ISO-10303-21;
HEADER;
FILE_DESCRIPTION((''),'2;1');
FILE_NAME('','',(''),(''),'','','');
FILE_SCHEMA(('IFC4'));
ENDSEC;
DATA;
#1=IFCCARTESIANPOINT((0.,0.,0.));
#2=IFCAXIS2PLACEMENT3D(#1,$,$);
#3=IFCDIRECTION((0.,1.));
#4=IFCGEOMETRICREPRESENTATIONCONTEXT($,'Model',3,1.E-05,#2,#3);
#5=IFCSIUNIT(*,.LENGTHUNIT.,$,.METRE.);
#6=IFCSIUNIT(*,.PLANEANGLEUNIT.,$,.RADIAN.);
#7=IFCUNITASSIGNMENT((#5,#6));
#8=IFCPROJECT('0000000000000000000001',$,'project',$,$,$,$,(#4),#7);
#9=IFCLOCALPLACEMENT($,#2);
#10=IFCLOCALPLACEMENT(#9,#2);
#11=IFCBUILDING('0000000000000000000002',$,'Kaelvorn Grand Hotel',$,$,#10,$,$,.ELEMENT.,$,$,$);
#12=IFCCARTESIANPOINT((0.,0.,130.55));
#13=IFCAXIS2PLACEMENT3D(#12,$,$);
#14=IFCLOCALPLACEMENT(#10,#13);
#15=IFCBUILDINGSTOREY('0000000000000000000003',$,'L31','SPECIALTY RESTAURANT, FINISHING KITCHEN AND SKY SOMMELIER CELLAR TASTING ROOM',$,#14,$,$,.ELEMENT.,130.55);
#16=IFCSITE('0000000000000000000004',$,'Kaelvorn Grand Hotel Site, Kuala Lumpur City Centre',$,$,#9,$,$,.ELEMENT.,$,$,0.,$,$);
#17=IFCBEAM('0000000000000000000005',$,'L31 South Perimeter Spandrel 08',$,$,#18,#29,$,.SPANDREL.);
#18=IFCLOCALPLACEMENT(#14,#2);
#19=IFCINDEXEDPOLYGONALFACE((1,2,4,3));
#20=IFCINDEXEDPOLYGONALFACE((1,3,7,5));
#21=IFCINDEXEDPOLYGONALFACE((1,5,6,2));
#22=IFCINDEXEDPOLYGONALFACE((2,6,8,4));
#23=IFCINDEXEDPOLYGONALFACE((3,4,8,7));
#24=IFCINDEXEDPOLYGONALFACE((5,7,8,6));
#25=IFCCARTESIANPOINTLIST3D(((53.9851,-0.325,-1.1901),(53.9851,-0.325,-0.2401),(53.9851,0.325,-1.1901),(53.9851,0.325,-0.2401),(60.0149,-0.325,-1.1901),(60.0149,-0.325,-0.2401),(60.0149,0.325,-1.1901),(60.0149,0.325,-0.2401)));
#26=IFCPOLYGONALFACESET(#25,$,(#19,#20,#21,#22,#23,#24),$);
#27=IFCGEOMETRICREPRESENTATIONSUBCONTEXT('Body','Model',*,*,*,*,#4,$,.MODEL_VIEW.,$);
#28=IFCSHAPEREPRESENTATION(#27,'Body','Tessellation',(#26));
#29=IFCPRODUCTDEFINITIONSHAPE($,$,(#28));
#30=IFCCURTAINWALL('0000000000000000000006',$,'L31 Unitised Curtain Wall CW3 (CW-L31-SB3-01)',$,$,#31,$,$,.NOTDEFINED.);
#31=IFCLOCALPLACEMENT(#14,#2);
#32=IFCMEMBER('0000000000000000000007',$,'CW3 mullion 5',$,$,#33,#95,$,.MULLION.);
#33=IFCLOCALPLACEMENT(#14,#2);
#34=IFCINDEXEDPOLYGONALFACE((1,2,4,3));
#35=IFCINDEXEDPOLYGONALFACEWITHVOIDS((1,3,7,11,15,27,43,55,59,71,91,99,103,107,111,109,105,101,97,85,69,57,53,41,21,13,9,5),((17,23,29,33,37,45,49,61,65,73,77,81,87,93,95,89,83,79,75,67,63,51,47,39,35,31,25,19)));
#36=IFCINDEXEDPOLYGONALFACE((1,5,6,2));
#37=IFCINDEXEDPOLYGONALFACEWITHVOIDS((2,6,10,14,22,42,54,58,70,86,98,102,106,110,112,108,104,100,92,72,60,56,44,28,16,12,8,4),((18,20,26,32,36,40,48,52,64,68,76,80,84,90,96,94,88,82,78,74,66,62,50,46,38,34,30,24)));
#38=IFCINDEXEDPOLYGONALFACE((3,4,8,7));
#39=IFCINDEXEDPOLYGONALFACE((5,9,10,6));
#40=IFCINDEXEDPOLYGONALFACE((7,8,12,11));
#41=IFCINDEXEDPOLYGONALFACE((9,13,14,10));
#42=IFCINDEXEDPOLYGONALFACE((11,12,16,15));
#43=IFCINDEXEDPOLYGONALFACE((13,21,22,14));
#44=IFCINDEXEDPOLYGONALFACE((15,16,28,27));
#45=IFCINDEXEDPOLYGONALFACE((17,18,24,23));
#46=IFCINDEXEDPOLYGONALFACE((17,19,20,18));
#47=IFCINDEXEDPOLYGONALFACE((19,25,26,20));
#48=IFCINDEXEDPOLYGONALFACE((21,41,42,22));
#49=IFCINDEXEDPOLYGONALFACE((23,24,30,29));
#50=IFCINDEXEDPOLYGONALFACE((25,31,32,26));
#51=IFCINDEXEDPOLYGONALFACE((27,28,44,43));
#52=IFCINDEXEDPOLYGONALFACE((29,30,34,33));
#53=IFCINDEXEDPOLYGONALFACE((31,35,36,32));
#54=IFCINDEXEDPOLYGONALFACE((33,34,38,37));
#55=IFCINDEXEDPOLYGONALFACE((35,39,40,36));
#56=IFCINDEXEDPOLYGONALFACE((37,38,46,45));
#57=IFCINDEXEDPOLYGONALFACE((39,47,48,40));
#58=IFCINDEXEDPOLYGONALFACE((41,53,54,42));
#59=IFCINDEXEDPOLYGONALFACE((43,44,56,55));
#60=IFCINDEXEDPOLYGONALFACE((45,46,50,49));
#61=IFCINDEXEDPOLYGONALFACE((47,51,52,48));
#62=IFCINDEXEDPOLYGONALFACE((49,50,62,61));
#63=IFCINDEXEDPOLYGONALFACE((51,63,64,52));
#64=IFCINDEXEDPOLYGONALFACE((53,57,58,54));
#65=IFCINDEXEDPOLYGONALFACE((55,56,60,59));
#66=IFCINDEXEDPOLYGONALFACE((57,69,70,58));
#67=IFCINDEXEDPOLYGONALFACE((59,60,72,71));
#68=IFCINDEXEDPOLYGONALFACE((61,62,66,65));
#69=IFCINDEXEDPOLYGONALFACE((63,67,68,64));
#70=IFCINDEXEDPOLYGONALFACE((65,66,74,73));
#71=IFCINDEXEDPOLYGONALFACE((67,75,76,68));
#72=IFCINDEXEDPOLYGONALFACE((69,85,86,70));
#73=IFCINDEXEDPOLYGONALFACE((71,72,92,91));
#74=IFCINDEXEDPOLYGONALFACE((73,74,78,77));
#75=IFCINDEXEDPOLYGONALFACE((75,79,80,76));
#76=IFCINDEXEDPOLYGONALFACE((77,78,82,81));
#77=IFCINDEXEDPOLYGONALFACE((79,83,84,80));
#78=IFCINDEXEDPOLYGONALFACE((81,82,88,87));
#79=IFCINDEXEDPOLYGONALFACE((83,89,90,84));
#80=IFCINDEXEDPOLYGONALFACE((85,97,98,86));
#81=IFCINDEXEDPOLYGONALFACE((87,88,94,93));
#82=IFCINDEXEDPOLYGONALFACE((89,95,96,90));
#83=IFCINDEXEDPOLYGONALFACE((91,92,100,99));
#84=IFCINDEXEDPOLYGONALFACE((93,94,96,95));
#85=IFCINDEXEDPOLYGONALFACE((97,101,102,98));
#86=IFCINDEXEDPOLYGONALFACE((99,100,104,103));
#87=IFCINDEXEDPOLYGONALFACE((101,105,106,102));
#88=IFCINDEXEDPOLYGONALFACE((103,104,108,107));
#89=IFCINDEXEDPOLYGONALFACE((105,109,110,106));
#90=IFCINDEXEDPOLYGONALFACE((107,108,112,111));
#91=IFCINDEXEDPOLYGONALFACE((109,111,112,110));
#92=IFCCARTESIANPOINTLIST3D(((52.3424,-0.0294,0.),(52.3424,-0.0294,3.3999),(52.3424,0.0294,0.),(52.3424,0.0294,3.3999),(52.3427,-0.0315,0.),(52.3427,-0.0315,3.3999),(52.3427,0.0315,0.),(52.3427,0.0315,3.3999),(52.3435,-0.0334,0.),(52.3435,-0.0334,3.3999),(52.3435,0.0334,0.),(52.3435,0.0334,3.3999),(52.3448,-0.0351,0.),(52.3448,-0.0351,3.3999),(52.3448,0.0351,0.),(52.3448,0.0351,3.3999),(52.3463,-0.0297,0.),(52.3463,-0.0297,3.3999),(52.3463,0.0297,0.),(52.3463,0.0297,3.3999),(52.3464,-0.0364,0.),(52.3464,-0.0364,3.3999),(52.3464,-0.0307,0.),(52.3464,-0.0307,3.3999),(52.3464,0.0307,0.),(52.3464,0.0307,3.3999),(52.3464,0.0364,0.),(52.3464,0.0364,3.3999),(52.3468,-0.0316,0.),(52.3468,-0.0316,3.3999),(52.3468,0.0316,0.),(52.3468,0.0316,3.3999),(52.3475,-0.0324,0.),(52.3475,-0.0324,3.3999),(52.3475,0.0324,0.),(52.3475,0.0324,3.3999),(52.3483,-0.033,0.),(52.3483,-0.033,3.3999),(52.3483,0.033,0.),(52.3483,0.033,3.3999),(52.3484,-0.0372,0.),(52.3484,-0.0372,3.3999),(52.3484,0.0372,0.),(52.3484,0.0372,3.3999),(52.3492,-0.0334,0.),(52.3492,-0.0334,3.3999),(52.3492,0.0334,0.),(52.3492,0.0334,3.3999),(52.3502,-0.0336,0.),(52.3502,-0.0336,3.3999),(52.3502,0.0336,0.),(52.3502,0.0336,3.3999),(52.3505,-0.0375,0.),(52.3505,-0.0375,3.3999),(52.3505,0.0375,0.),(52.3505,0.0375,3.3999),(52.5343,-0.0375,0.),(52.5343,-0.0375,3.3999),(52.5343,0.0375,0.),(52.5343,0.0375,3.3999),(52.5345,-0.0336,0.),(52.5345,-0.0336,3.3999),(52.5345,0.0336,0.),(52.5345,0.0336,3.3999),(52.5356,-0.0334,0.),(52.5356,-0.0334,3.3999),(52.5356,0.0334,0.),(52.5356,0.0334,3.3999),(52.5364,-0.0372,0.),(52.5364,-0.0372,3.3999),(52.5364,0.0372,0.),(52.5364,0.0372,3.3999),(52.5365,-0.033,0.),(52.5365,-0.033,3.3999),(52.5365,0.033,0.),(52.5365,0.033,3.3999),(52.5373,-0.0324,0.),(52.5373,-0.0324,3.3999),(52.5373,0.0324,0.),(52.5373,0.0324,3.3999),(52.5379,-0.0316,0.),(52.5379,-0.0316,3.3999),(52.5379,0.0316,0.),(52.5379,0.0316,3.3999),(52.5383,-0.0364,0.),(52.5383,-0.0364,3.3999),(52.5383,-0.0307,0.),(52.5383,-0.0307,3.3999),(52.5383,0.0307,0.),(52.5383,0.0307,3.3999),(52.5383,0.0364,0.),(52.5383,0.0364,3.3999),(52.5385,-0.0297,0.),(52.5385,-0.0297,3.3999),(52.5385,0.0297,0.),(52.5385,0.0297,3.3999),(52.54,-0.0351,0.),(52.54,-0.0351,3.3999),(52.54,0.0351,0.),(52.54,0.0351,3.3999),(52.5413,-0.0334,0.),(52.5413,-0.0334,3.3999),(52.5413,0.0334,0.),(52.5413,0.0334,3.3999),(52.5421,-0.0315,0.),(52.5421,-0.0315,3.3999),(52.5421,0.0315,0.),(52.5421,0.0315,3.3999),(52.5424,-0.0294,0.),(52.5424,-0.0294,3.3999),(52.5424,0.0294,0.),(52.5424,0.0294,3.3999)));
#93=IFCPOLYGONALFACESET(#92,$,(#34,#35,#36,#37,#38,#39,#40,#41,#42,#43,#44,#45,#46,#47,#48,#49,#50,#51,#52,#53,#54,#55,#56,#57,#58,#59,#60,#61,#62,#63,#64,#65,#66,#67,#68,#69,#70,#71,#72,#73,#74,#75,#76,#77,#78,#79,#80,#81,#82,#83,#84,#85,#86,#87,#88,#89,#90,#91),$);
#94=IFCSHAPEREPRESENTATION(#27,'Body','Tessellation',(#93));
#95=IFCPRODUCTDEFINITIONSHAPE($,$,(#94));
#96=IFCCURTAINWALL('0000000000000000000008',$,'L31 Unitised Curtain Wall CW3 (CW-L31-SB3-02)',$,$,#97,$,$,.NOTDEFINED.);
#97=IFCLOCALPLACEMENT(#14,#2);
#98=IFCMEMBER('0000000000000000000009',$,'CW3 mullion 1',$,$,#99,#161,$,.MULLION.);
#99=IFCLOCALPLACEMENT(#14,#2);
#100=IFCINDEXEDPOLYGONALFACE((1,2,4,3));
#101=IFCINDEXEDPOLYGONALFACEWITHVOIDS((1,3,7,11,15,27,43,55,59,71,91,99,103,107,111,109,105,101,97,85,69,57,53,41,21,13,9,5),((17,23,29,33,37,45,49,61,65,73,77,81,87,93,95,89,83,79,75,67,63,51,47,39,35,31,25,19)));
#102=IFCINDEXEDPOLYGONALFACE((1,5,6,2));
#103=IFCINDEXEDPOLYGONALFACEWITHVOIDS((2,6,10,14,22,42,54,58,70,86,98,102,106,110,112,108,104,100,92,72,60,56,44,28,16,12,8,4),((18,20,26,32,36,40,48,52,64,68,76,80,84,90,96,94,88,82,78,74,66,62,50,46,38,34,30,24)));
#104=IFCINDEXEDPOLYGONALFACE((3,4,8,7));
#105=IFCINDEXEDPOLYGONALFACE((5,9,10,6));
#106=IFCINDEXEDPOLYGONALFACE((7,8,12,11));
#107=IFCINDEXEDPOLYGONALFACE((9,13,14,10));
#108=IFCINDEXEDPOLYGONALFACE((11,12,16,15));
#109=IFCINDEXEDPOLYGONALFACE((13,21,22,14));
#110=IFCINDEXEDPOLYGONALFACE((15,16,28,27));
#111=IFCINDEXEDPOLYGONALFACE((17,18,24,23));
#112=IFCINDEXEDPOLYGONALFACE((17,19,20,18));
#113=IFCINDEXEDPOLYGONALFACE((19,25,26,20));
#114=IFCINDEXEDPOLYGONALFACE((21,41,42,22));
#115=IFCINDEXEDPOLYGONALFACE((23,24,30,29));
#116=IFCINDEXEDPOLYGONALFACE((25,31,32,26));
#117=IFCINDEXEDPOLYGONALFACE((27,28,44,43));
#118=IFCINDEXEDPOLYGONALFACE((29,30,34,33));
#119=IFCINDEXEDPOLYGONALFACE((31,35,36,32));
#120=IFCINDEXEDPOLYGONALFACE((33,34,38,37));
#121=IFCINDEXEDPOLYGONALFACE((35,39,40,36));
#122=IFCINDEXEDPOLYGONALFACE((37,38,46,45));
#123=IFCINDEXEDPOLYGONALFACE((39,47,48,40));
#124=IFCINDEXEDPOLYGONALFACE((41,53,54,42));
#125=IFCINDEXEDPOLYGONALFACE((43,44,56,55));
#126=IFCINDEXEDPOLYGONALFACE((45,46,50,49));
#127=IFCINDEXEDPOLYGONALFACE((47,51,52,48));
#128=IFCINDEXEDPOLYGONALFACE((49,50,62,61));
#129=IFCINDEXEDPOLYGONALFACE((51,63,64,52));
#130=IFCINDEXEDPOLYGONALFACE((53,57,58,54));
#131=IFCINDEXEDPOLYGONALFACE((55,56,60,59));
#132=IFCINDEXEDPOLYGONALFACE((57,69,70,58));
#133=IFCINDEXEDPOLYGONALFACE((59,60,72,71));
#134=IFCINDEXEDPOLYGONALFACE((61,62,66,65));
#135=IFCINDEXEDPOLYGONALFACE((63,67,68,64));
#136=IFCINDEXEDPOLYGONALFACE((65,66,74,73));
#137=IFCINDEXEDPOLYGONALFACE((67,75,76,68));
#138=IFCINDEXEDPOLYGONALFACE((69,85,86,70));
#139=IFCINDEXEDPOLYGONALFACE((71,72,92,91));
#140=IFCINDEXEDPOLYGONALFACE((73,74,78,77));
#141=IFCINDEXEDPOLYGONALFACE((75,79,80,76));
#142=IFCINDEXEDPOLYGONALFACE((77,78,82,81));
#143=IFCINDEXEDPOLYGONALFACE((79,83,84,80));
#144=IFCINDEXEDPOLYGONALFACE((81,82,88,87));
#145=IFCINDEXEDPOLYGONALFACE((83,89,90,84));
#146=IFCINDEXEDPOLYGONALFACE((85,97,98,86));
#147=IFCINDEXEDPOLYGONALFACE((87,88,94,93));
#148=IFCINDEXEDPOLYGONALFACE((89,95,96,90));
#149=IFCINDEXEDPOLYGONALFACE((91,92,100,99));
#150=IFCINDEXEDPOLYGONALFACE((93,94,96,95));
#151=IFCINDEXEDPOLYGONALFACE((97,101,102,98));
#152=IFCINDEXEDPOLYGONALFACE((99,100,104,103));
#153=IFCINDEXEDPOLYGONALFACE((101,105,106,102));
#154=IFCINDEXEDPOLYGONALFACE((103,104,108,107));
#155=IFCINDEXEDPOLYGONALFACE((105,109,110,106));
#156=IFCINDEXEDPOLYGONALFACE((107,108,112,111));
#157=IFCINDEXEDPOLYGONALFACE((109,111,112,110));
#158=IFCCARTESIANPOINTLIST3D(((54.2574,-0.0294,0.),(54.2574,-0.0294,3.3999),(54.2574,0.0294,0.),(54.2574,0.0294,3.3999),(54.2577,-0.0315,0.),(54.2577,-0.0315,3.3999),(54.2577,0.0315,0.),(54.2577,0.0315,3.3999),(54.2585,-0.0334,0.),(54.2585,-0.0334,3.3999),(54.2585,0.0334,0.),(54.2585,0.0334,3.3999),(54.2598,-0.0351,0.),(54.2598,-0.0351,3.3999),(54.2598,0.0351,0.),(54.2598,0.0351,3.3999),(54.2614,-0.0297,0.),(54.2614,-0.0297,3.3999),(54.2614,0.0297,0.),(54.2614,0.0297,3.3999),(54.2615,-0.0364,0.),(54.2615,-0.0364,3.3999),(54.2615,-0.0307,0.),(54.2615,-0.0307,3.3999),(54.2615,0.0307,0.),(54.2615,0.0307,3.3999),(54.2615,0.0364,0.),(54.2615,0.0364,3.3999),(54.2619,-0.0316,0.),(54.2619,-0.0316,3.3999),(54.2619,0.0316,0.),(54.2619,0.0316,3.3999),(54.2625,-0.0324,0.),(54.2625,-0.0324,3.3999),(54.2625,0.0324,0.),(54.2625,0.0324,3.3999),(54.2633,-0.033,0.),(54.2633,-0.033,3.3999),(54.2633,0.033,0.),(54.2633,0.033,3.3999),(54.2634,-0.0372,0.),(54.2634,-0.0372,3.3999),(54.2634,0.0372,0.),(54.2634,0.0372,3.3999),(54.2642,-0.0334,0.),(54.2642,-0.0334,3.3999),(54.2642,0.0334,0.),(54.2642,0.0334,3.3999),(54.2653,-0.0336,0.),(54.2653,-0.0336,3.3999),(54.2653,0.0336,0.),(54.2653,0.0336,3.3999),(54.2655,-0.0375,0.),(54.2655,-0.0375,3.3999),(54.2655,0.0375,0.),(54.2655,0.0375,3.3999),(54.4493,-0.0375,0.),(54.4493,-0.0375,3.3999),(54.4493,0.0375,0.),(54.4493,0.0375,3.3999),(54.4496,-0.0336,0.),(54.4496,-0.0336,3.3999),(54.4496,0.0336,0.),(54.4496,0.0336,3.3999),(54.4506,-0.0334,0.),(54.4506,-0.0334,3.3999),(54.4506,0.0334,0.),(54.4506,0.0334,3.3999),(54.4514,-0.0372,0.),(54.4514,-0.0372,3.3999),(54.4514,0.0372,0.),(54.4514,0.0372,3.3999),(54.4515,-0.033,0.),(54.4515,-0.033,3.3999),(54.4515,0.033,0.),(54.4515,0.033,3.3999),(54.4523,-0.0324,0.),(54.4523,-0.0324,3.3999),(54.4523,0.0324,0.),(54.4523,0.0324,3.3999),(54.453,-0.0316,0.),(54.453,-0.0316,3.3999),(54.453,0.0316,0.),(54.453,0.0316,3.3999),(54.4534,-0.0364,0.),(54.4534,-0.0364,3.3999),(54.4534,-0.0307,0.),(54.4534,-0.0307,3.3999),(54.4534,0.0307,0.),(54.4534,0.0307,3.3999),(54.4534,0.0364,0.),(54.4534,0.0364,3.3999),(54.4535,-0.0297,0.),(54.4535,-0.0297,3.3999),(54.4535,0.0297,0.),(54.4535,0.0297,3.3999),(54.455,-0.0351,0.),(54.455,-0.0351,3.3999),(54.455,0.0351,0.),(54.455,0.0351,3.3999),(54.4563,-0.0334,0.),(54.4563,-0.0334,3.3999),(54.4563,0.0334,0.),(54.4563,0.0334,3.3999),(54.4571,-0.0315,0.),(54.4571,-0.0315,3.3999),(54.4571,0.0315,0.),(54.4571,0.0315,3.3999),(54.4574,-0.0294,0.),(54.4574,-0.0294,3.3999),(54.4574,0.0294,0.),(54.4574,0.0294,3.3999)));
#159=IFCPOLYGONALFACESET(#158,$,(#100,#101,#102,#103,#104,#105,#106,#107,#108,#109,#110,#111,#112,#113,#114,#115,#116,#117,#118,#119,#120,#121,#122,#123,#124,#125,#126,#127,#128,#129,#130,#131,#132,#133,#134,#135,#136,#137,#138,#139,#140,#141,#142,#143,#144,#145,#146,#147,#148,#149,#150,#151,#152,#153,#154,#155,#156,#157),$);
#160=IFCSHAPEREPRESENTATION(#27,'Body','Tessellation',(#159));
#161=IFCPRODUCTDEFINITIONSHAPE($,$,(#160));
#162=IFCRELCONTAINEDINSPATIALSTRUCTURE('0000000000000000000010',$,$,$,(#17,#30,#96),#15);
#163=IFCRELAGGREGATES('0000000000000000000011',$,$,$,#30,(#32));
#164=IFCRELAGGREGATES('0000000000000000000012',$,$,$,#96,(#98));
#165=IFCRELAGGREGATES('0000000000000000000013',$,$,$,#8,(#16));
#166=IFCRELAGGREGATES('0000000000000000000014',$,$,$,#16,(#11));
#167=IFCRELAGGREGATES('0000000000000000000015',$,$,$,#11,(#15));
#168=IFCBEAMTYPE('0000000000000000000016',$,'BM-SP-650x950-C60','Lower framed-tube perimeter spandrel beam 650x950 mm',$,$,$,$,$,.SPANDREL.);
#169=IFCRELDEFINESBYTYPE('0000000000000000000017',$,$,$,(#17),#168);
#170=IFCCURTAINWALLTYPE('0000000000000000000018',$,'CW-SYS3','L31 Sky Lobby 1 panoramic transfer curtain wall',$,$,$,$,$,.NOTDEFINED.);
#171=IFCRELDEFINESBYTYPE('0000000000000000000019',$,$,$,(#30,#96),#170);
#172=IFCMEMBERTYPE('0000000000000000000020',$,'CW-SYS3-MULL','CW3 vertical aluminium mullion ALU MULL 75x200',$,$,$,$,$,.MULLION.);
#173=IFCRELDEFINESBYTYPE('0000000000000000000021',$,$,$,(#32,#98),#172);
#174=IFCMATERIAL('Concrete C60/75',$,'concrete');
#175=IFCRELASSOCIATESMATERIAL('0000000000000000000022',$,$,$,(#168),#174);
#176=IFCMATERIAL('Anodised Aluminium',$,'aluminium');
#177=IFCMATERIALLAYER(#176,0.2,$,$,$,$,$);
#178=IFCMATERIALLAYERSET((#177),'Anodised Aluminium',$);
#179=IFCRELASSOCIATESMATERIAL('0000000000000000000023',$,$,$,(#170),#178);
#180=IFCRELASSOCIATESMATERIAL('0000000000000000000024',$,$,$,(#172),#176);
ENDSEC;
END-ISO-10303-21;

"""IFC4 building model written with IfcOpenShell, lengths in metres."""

from ifc_helpers import new_model, si_unit, direction, frame, origin, origin_2d, place, context, subcontext, project, spatial, rectangle, hollow_rectangle, extrude, material, layer, layer_set, material_profile, profile_set, type_object, element, aggregate, save


model = new_model("IFC4")

# Units and contexts
model_context = context("Model", 3, precision=1e-05, world=origin(), true_north=direction((0.0, 1.0)))
body_context = subcontext(model_context, "Body", "Model", "MODEL_VIEW")
ifc_project = project(units=[si_unit("LENGTHUNIT", "METRE"), si_unit("PLANEANGLEUNIT", "RADIAN")], contexts=[model_context])

# Site, building, storey
site_placement = place(None, origin())
site = spatial("IfcSite", under=ifc_project, at=site_placement, Name="Kaelvorn Grand Hotel Site, Kuala Lumpur City Centre", CompositionType="ELEMENT", RefElevation=0.0)
building_placement = place(site_placement, origin())
building = spatial("IfcBuilding", under=site, at=building_placement, Name="Kaelvorn Grand Hotel", CompositionType="ELEMENT")
storey_placement = place(building_placement, frame((0.0, 0.0, 130.55)))
storey = spatial("IfcBuildingStorey", under=building, at=storey_placement, Name="L31", Description="SPECIALTY RESTAURANT, FINISHING KITCHEN AND SKY SOMMELIER CELLAR TASTING ROOM", CompositionType="ELEMENT", Elevation=130.55)

# Shared definitions
ifc_material_1 = material(Name="Concrete C60/75", Category="concrete")

# Beam
ifc_material_profile_1 = material_profile(ifc_material_1, rectangle(XDim=0.6499, YDim=0.95, at=origin_2d()), Name="RC SPANDREL 650x950")
ifc_profile_set_1 = profile_set([ifc_material_profile_1], Name="Concrete C60/75")
beam_type_1 = type_object("IfcBeamType", Name="BM-SP-650x950-C60", Description="Lower framed-tube perimeter spandrel beam 650x950 mm", PredefinedType="SPANDREL", material=ifc_profile_set_1)
beam_1_placement = place(storey_placement, frame((53.9851, 0.0, -0.7151), z_axis=(1.0, 0.0, 0.0), x_axis=(0.0, 1.0, 0.0)))
element("IfcBeam", 1, at=beam_1_placement, inside=storey, type_object=beam_type_1, Name="L31 South Perimeter Spandrel 08", PredefinedType="SPANDREL", context=body_context, shape_type="SweptSolid", body=[
    extrude(rectangle(XDim=0.6499, YDim=0.95, at=origin_2d()), origin(), (0.0, 0.0, 1.0), 6.0298),
])

# Curtain walls, members
ifc_material_2 = material(Name="Anodised Aluminium", Category="aluminium")
ifc_layer_1 = layer(ifc_material_2, 0.2)
ifc_layer_set_1 = layer_set([ifc_layer_1], Name="Anodised Aluminium")
curtain_wall_type = type_object("IfcCurtainWallType", Name="CW-SYS3", Description="L31 Sky Lobby 1 panoramic transfer curtain wall", PredefinedType="NOTDEFINED", material=ifc_layer_set_1)
curtain_wall_1_placement = place(storey_placement, origin())
curtain_wall_1 = element("IfcCurtainWall", 2, at=curtain_wall_1_placement, inside=storey, type_object=curtain_wall_type, Name="L31 Unitised Curtain Wall CW3 (CW-L31-SB3-01)", PredefinedType="NOTDEFINED")
ifc_material_profile_2 = material_profile(ifc_material_2, hollow_rectangle(XDim=0.075, YDim=0.2, WallThickness=0.0039, InnerFilletRadius=0.0039, OuterFilletRadius=0.0081, at=origin_2d()), Name="ALU MULL 75x200")
ifc_profile_set_2 = profile_set([ifc_material_profile_2], Name="Anodised Aluminium")
member_type_1 = type_object("IfcMemberType", Name="CW-SYS3-MULL", Description="CW3 vertical aluminium mullion ALU MULL 75x200", PredefinedType="MULLION", material=ifc_profile_set_2)
member_1_placement = place(storey_placement, frame((52.4424, 0.0, 0.0), z_axis=(0.0, 0.0, 1.0), x_axis=(0.0, 1.0, 0.0)))
member_1 = element("IfcMember", 3, at=member_1_placement, type_object=member_type_1, Name="CW3 mullion 5", PredefinedType="MULLION", context=body_context, shape_type="SweptSolid", body=[
    extrude(hollow_rectangle(XDim=0.075, YDim=0.2, WallThickness=0.0039, InnerFilletRadius=0.0039, OuterFilletRadius=0.0081, at=origin_2d()), origin(), (0.0, 0.0, 1.0), 3.3999),
])
curtain_wall_2_placement = place(storey_placement, origin())
curtain_wall_2 = element("IfcCurtainWall", 4, at=curtain_wall_2_placement, inside=storey, type_object=curtain_wall_type, Name="L31 Unitised Curtain Wall CW3 (CW-L31-SB3-02)", PredefinedType="NOTDEFINED")
member_2_placement = place(storey_placement, frame((54.3574, 0.0, 0.0), z_axis=(0.0, 0.0, 1.0), x_axis=(0.0, 1.0, 0.0)))
member_2 = element("IfcMember", 5, at=member_2_placement, type_object=member_type_1, Name="CW3 mullion 1", PredefinedType="MULLION", context=body_context, shape_type="SweptSolid", body=[
    extrude(hollow_rectangle(XDim=0.075, YDim=0.2, WallThickness=0.0039, InnerFilletRadius=0.0039, OuterFilletRadius=0.0081, at=origin_2d()), origin(), (0.0, 0.0, 1.0), 3.3999),
])

aggregate(curtain_wall_1, [member_1])
aggregate(curtain_wall_2, [member_2])

save(model, "model.ifc")
